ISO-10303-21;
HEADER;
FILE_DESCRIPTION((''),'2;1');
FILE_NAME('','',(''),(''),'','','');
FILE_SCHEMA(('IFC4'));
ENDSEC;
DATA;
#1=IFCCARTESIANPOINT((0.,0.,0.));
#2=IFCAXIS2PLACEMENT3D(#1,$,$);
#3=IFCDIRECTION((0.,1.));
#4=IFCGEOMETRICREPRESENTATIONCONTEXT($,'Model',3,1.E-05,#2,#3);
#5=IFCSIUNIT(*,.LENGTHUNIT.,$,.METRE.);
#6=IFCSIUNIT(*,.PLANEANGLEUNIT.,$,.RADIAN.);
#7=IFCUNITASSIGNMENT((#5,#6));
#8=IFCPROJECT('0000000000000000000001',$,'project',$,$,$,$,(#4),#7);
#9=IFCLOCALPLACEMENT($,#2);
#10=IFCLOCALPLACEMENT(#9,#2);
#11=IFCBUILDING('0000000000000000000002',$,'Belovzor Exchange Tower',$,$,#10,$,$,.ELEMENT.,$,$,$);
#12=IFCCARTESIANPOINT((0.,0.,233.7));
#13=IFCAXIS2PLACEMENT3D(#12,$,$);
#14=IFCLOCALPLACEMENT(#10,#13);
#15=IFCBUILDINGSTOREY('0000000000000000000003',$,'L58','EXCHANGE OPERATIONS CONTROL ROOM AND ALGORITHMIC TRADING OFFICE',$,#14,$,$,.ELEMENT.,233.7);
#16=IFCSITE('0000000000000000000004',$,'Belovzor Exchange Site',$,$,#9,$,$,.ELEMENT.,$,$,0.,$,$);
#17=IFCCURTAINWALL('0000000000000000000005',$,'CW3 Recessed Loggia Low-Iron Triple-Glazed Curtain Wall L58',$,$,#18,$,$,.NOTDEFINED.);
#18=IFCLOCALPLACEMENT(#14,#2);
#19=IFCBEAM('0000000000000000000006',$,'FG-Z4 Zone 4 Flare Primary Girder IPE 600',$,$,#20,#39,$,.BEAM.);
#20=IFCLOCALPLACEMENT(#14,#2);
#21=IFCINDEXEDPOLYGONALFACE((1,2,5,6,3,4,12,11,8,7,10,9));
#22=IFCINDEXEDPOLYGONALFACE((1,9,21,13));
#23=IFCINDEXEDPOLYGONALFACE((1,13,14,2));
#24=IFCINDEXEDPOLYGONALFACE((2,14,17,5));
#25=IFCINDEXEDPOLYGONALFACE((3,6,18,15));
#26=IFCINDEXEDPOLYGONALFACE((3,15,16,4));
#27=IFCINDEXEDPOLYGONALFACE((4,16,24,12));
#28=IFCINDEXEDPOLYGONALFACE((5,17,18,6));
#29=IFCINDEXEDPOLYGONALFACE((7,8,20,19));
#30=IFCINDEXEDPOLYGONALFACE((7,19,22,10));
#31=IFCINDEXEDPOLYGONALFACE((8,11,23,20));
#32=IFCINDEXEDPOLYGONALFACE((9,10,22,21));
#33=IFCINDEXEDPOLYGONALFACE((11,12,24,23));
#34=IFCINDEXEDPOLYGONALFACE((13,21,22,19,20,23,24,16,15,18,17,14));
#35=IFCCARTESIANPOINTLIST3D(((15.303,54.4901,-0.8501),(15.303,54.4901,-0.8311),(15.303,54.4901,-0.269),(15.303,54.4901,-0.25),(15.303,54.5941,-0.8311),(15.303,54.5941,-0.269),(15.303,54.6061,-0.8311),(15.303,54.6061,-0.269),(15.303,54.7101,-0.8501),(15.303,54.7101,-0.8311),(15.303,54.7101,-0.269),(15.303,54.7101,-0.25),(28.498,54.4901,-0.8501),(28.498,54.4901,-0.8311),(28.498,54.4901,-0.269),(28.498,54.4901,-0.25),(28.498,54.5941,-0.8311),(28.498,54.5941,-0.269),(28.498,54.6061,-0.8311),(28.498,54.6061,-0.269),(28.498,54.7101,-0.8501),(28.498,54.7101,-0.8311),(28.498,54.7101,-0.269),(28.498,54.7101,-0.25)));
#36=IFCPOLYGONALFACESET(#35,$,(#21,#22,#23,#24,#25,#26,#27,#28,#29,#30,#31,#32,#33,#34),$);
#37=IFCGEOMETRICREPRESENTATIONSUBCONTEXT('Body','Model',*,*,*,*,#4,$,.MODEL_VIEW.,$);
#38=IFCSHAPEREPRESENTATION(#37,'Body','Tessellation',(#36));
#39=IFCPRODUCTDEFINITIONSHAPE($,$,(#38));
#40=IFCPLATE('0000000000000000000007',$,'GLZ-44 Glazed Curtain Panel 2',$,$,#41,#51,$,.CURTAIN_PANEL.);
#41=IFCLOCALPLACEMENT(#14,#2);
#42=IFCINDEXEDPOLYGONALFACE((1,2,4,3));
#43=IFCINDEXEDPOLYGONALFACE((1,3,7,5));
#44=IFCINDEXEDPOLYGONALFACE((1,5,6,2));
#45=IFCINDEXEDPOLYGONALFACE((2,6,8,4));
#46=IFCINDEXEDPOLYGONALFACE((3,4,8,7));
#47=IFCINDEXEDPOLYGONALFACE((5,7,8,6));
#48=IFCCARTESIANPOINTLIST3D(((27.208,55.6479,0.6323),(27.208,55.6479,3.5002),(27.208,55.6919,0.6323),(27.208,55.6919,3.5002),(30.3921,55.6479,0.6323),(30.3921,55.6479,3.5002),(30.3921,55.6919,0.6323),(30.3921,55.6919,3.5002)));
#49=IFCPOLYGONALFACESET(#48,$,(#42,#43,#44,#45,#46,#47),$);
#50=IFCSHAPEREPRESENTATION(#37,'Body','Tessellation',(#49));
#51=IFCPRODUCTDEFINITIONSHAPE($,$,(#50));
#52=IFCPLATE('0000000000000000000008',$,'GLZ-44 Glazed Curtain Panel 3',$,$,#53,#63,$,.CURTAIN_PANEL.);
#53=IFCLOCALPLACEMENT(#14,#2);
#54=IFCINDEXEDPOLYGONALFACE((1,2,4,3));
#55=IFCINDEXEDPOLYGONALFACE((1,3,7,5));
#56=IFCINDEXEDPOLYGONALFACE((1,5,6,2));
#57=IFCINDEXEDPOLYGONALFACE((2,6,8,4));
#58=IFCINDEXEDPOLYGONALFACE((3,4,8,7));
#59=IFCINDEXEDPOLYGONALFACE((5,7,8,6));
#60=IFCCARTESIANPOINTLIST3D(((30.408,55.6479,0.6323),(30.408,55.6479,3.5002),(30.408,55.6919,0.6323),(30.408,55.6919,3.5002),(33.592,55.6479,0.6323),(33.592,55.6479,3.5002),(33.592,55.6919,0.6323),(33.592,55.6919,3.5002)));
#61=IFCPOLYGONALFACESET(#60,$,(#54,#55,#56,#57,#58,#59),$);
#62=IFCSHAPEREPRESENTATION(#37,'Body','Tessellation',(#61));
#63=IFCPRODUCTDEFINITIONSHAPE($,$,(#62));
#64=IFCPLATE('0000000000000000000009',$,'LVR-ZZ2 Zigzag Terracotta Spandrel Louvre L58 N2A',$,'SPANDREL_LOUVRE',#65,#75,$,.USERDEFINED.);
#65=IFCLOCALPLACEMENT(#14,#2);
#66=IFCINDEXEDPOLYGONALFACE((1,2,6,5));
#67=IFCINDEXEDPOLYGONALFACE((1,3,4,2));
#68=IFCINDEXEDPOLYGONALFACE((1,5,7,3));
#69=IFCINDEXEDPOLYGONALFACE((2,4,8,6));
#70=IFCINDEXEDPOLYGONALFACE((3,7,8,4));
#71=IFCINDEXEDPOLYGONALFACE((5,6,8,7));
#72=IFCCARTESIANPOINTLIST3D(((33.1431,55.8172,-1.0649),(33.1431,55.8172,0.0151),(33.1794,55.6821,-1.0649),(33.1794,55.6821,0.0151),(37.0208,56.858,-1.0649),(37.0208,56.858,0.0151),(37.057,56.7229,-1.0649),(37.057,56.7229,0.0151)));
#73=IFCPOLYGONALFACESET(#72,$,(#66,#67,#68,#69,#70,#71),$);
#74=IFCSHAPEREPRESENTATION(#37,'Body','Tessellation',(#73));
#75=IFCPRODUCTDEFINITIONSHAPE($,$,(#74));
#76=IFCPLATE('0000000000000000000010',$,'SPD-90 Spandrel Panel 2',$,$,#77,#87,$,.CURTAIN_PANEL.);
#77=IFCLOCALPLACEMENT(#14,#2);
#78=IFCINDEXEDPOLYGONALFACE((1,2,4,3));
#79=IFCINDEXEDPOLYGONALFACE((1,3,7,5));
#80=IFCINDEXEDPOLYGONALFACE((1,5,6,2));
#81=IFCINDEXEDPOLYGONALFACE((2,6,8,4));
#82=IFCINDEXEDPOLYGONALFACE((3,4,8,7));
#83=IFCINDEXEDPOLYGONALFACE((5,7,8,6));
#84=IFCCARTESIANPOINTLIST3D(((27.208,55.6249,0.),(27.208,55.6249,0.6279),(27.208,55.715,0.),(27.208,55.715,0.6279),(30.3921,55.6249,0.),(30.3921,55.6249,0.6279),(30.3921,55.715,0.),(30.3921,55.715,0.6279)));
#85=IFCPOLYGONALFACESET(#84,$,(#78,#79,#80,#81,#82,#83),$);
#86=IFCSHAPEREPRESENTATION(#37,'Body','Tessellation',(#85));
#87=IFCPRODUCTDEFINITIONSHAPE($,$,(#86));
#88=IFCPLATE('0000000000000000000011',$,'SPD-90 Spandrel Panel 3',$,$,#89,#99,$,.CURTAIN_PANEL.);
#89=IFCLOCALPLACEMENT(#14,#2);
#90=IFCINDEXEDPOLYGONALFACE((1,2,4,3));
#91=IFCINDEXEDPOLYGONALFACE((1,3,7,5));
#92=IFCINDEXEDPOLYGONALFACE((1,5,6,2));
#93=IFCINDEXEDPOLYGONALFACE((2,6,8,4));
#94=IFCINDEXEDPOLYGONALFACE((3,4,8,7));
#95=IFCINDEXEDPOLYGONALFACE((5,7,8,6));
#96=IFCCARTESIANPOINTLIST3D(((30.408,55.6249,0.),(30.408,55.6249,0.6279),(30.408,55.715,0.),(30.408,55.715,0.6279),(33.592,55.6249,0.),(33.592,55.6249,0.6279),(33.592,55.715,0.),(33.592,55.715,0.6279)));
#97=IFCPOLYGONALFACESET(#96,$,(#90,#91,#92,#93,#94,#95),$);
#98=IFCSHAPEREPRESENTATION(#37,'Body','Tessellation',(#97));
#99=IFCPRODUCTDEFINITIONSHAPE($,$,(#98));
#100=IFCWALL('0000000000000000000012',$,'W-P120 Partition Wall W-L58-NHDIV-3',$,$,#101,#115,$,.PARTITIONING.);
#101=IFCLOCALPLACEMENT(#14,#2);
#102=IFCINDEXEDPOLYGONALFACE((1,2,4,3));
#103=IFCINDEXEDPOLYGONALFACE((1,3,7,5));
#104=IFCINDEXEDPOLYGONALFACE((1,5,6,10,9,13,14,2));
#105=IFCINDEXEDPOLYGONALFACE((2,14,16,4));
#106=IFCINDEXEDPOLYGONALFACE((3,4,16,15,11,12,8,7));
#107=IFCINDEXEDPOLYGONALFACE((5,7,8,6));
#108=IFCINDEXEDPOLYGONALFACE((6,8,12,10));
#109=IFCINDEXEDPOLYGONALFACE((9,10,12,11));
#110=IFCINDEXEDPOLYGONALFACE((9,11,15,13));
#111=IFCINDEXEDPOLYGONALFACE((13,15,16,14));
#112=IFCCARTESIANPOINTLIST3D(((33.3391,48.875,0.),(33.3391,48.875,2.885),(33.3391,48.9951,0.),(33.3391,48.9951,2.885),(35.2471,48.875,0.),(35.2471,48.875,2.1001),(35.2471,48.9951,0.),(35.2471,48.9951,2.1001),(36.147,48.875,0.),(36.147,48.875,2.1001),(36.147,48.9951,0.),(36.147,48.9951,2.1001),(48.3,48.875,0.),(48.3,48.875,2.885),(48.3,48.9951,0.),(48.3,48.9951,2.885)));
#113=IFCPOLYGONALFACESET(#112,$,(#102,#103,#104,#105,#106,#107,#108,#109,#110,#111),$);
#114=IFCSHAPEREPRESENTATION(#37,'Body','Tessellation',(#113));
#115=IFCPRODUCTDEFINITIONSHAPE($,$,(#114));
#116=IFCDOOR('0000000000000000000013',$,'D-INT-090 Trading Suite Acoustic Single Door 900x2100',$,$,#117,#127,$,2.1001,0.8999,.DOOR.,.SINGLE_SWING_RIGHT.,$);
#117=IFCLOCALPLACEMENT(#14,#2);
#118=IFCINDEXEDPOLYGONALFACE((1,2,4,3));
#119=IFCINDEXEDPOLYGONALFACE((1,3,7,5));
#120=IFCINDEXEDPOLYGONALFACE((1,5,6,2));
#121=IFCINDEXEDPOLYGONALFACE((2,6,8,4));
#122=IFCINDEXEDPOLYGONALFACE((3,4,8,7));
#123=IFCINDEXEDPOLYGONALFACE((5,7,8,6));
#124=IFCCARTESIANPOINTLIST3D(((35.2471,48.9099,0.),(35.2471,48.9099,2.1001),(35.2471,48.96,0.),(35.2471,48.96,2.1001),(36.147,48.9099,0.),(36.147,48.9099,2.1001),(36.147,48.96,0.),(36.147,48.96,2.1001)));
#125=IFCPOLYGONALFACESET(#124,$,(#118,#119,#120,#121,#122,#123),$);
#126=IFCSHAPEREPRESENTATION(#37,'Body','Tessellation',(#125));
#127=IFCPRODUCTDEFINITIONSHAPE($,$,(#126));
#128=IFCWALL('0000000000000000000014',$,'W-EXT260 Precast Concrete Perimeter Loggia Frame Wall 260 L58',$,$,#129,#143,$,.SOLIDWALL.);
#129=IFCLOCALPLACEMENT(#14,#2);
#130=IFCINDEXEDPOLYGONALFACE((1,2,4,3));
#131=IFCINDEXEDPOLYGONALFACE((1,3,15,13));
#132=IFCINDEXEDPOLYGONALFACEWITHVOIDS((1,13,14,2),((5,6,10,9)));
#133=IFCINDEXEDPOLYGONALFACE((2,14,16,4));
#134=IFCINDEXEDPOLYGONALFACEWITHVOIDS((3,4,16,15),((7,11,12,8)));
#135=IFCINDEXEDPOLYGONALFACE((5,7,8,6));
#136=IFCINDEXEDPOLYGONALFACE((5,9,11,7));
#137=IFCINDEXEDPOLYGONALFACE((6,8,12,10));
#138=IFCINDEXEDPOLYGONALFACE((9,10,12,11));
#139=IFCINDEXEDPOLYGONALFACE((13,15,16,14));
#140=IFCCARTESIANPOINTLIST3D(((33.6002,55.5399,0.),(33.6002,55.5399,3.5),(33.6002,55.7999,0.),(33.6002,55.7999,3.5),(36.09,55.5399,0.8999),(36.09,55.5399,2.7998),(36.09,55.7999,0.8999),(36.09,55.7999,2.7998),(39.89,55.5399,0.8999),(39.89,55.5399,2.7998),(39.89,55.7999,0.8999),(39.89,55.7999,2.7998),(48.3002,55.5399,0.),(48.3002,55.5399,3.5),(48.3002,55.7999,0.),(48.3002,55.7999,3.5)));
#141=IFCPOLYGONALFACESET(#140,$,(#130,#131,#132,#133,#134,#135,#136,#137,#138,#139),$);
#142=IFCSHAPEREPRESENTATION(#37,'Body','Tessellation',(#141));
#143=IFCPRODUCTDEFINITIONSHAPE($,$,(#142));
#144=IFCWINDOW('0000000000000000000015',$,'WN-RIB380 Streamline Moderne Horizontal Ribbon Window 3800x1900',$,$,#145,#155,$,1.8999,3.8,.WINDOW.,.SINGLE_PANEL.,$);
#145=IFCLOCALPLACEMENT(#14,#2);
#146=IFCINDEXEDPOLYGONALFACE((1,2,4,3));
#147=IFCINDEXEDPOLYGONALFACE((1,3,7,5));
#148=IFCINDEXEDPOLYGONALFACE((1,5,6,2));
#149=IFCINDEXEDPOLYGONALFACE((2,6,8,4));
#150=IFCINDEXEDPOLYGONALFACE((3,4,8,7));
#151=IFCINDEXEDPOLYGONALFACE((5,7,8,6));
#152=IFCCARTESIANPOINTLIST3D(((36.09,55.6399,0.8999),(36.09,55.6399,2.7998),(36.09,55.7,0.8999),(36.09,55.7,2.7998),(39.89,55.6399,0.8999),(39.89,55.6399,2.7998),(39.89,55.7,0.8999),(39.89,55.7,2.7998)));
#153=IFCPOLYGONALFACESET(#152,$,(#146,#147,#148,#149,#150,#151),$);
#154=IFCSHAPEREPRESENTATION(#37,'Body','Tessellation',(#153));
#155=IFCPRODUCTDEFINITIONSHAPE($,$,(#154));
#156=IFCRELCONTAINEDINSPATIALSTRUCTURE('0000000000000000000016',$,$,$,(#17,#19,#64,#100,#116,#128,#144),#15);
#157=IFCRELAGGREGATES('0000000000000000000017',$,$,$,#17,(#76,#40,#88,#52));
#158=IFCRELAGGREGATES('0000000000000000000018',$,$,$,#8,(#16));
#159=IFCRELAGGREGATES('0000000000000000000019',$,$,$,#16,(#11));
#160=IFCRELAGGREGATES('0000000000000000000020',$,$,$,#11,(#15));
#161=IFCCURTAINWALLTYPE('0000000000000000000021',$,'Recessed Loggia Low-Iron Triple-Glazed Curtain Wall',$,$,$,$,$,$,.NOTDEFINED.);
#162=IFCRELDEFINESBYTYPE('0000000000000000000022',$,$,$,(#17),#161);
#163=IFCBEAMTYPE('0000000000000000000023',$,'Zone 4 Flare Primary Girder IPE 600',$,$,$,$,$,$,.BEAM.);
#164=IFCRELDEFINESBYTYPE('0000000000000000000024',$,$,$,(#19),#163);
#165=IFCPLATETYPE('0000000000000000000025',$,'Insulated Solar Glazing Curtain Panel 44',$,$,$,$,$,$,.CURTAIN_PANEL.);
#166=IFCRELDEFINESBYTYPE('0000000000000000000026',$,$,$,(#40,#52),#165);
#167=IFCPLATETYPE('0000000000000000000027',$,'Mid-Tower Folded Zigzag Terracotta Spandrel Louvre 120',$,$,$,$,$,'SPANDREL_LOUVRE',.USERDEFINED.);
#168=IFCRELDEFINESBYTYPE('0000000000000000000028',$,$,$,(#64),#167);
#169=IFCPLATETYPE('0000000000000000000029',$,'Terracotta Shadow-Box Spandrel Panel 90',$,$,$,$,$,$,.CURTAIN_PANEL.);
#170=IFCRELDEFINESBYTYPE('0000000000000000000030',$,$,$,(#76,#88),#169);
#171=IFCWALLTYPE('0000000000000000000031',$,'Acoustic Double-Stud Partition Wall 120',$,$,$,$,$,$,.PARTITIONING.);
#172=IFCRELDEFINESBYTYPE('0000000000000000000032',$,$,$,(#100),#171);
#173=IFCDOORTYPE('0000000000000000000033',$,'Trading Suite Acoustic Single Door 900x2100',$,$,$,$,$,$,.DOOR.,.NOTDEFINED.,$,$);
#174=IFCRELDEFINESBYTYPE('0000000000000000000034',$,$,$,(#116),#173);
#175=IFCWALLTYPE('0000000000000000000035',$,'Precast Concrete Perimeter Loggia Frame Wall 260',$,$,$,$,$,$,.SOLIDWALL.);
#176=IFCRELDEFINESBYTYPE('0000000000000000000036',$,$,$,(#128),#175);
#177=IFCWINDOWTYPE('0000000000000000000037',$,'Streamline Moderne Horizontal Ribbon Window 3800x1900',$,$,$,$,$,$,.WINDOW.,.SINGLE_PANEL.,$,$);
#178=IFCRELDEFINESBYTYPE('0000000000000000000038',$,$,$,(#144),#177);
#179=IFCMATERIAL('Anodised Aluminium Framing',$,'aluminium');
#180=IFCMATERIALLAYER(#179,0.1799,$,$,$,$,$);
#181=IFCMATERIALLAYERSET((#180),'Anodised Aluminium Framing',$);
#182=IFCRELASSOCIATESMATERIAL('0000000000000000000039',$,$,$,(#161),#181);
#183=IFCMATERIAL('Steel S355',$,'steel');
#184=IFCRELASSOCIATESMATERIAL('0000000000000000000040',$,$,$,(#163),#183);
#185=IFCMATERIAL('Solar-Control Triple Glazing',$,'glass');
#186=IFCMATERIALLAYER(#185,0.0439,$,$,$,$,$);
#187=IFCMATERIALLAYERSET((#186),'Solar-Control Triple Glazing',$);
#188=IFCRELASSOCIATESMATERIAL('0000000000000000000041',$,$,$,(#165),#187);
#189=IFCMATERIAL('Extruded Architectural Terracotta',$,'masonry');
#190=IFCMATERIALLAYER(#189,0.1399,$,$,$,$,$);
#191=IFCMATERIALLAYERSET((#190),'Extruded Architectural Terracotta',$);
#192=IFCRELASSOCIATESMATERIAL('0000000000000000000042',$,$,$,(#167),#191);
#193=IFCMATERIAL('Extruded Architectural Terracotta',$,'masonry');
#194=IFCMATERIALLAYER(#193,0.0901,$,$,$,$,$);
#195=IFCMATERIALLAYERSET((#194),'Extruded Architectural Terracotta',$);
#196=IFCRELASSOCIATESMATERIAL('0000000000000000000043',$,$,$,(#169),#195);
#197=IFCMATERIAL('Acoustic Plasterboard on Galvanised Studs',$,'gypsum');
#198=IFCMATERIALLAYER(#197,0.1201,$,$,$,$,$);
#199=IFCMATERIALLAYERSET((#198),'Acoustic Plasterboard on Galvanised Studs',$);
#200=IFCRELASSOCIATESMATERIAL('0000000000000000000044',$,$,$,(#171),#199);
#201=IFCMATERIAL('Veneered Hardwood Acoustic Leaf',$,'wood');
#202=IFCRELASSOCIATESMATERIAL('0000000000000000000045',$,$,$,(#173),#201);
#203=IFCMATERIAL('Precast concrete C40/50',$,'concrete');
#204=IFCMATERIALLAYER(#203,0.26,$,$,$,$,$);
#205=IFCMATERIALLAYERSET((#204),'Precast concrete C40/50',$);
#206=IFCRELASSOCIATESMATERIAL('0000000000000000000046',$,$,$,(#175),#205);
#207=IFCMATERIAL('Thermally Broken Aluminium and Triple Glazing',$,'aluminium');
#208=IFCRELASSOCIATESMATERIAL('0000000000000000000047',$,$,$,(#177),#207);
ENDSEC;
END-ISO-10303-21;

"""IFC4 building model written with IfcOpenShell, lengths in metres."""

from ifc_helpers import new_model, si_unit, direction, frame, frame_2d, origin, origin_2d, place, context, subcontext, project, spatial, rectangle, i_section, extrude, material, layer, layer_set, material_profile, profile_set, type_object, element, fill, aggregate, save


model = new_model("IFC4")

# Units and contexts
model_context = context("Model", 3, precision=1e-05, world=origin(), true_north=direction((0.0, 1.0)))
body_context = subcontext(model_context, "Body", "Model", "MODEL_VIEW")
ifc_project = project(units=[si_unit("LENGTHUNIT", "METRE"), si_unit("PLANEANGLEUNIT", "RADIAN")], contexts=[model_context])

# Site, building, storey
site_placement = place(None, origin())
site = spatial("IfcSite", under=ifc_project, at=site_placement, Name="Belovzor Exchange Site", CompositionType="ELEMENT", RefElevation=0.0)
building_placement = place(site_placement, origin())
building = spatial("IfcBuilding", under=site, at=building_placement, Name="Belovzor Exchange Tower", CompositionType="ELEMENT")
storey_placement = place(building_placement, frame((0.0, 0.0, 233.7)))
storey = spatial("IfcBuildingStorey", under=building, at=storey_placement, Name="L58", Description="EXCHANGE OPERATIONS CONTROL ROOM AND ALGORITHMIC TRADING OFFICE", CompositionType="ELEMENT", Elevation=233.7)

# Curtain wall
ifc_material_1 = material(Name="Anodised Aluminium Framing", Category="aluminium")
ifc_layer_1 = layer(ifc_material_1, 0.1799)
ifc_layer_set_1 = layer_set([ifc_layer_1], Name="Anodised Aluminium Framing")
curtain_wall_type = type_object("IfcCurtainWallType", Name="Recessed Loggia Low-Iron Triple-Glazed Curtain Wall", PredefinedType="NOTDEFINED", material=ifc_layer_set_1)
curtain_wall_placement = place(storey_placement, origin())
curtain_wall = element("IfcCurtainWall", 1, at=curtain_wall_placement, inside=storey, type_object=curtain_wall_type, Name="CW3 Recessed Loggia Low-Iron Triple-Glazed Curtain Wall L58", PredefinedType="NOTDEFINED")

# Beam
ifc_material_2 = material(Name="Steel S355", Category="steel")
ifc_material_profile_1 = material_profile(ifc_material_2, i_section(OverallWidth=0.22, OverallDepth=0.6001, WebThickness=0.012, FlangeThickness=0.019, at=origin_2d()))
ifc_profile_set_1 = profile_set([ifc_material_profile_1], Name="Steel S355")
beam_type_1 = type_object("IfcBeamType", Name="Zone 4 Flare Primary Girder IPE 600", PredefinedType="BEAM", material=ifc_profile_set_1)
beam_1_placement = place(storey_placement, frame((28.498, 54.6001, -0.55), z_axis=(-1.0, 0.0, 0.0), x_axis=(0.0, -1.0, 0.0)))
element("IfcBeam", 2, at=beam_1_placement, inside=storey, type_object=beam_type_1, Name="FG-Z4 Zone 4 Flare Primary Girder IPE 600", PredefinedType="BEAM", context=body_context, shape_type="SweptSolid", body=[
    extrude(i_section(OverallWidth=0.22, OverallDepth=0.6001, WebThickness=0.012, FlangeThickness=0.019, at=origin_2d()), origin(), (0.0, 0.0, 1.0), 13.1951),
])

# Plates
ifc_material_3 = material(Name="Solar-Control Triple Glazing", Category="glass")
ifc_layer_2 = layer(ifc_material_3, 0.0439)
ifc_layer_set_2 = layer_set([ifc_layer_2], Name="Solar-Control Triple Glazing")
plate_type_1 = type_object("IfcPlateType", Name="Insulated Solar Glazing Curtain Panel 44", PredefinedType="CURTAIN_PANEL", material=ifc_layer_set_2)
plate_1_placement = place(storey_placement, frame((28.8, 55.6699, 0.6323), z_axis=(0.0, 0.0, 1.0), x_axis=(1.0, 0.0, 0.0)))
plate_1 = element("IfcPlate", 3, at=plate_1_placement, type_object=plate_type_1, Name="GLZ-44 Glazed Curtain Panel 2", PredefinedType="CURTAIN_PANEL", context=body_context, shape_type="SweptSolid", body=[
    extrude(rectangle(XDim=3.1841, YDim=0.0439, at=origin_2d()), origin(), (0.0, 0.0, 1.0), 2.8679),
])
plate_2_placement = place(storey_placement, frame((32.0, 55.6699, 0.6323), z_axis=(0.0, 0.0, 1.0), x_axis=(1.0, 0.0, 0.0)))
plate_2 = element("IfcPlate", 4, at=plate_2_placement, type_object=plate_type_1, Name="GLZ-44 Glazed Curtain Panel 3", PredefinedType="CURTAIN_PANEL", context=body_context, shape_type="SweptSolid", body=[
    extrude(rectangle(XDim=3.1841, YDim=0.0439, at=origin_2d()), origin(), (0.0, 0.0, 1.0), 2.8679),
])
ifc_material_4 = material(Name="Extruded Architectural Terracotta", Category="masonry")
ifc_layer_3 = layer(ifc_material_4, 0.1399)
ifc_layer_set_3 = layer_set([ifc_layer_3], Name="Extruded Architectural Terracotta")
plate_type_2 = type_object("IfcPlateType", Name="Mid-Tower Folded Zigzag Terracotta Spandrel Louvre 120", ElementType="SPANDREL_LOUVRE", PredefinedType="USERDEFINED", material=ifc_layer_set_3)
plate_3_placement = place(storey_placement, frame((35.1001, 56.27, -1.0649), z_axis=(0.0, 0.0, 1.0), x_axis=(0.965813, 0.25924, 0.0)))
element("IfcPlate", 5, at=plate_3_placement, inside=storey, type_object=plate_type_2, Name="LVR-ZZ2 Zigzag Terracotta Spandrel Louvre L58 N2A", ObjectType="SPANDREL_LOUVRE", PredefinedType="USERDEFINED", context=body_context, shape_type="SweptSolid", body=[
    extrude(rectangle(XDim=4.0149, YDim=0.1399, at=origin_2d()), origin(), (0.0, 0.0, 1.0), 1.0801),
])
ifc_material_5 = material(Name="Extruded Architectural Terracotta", Category="masonry")
ifc_layer_4 = layer(ifc_material_5, 0.0901)
ifc_layer_set_4 = layer_set([ifc_layer_4], Name="Extruded Architectural Terracotta")
plate_type_3 = type_object("IfcPlateType", Name="Terracotta Shadow-Box Spandrel Panel 90", PredefinedType="CURTAIN_PANEL", material=ifc_layer_set_4)
plate_4_placement = place(storey_placement, frame((28.8, 55.6699, 0.0), z_axis=(0.0, 0.0, 1.0), x_axis=(1.0, 0.0, 0.0)))
plate_4 = element("IfcPlate", 6, at=plate_4_placement, type_object=plate_type_3, Name="SPD-90 Spandrel Panel 2", PredefinedType="CURTAIN_PANEL", context=body_context, shape_type="SweptSolid", body=[
    extrude(rectangle(XDim=3.1841, YDim=0.0901, at=origin_2d()), origin(), (0.0, 0.0, 1.0), 0.6279),
])
plate_5_placement = place(storey_placement, frame((32.0, 55.6699, 0.0), z_axis=(0.0, 0.0, 1.0), x_axis=(1.0, 0.0, 0.0)))
plate_5 = element("IfcPlate", 7, at=plate_5_placement, type_object=plate_type_3, Name="SPD-90 Spandrel Panel 3", PredefinedType="CURTAIN_PANEL", context=body_context, shape_type="SweptSolid", body=[
    extrude(rectangle(XDim=3.1841, YDim=0.0901, at=origin_2d()), origin(), (0.0, 0.0, 1.0), 0.6279),
])
aggregate(curtain_wall, [plate_4, plate_1, plate_5, plate_2])

# Wall, opening, door
ifc_material_6 = material(Name="Acoustic Plasterboard on Galvanised Studs", Category="gypsum")
ifc_layer_5 = layer(ifc_material_6, 0.1201)
ifc_layer_set_5 = layer_set([ifc_layer_5], Name="Acoustic Plasterboard on Galvanised Studs")
wall_type_1 = type_object("IfcWallType", Name="Acoustic Double-Stud Partition Wall 120", PredefinedType="PARTITIONING", material=ifc_layer_set_5)
wall_1_placement = place(storey_placement, frame((33.3391, 48.9351, 0.0), z_axis=(0.0, 0.0, 1.0), x_axis=(1.0, 0.0, 0.0)))
wall_1 = element("IfcWall", 8, at=wall_1_placement, inside=storey, type_object=wall_type_1, Name="W-P120 Partition Wall W-L58-NHDIV-3", PredefinedType="PARTITIONING", context=body_context, shape_type="SweptSolid", body=[
    extrude(rectangle(XDim=14.9609, YDim=0.1201, at=frame_2d((7.4805, 0.0))), origin(), (0.0, 0.0, 1.0), 2.885),
])
opening_1_placement = place(wall_1_placement, frame((1.908, 0.0, 0.0)))
opening_1 = element("IfcOpeningElement", 9, at=opening_1_placement, cuts=wall_1, PredefinedType="OPENING", context=body_context, shape_type="SweptSolid", body=[
    extrude(rectangle(XDim=0.8999, YDim=2.1001, at=frame_2d((0.45, 1.05))), frame((0.0, 0.0701, 0.0), z_axis=(0.0, -1.0, 0.0), x_axis=(1.0, 0.0, 0.0)), (0.0, 0.0, 1.0), 0.1401),
])
ifc_material_7 = material(Name="Veneered Hardwood Acoustic Leaf", Category="wood")
door_type = type_object("IfcDoorType", Name="Trading Suite Acoustic Single Door 900x2100", OperationType="NOTDEFINED", PredefinedType="DOOR", material=ifc_material_7)
door_placement = place(opening_1_placement, origin())
door = element("IfcDoor", 10, at=door_placement, inside=storey, type_object=door_type, Name="D-INT-090 Trading Suite Acoustic Single Door 900x2100", OperationType="SINGLE_SWING_RIGHT", OverallHeight=2.1001, OverallWidth=0.8999, PredefinedType="DOOR", context=body_context, shape_type="SweptSolid", body=[
    extrude(rectangle(XDim=0.8999, YDim=2.1001, at=frame_2d((0.45, 1.05))), frame((0.0, 0.0249, 0.0), z_axis=(0.0, -1.0, 0.0), x_axis=(1.0, 0.0, 0.0)), (0.0, 0.0, 1.0), 0.05),
])
fill(opening_1, door)

# Wall, opening, window
ifc_material_8 = material(Name="Precast concrete C40/50", Category="concrete")
ifc_layer_6 = layer(ifc_material_8, 0.26)
ifc_layer_set_6 = layer_set([ifc_layer_6], Name="Precast concrete C40/50")
wall_type_2 = type_object("IfcWallType", Name="Precast Concrete Perimeter Loggia Frame Wall 260", PredefinedType="SOLIDWALL", material=ifc_layer_set_6)
wall_2_placement = place(storey_placement, frame((33.6001, 55.6699, 0.0), z_axis=(0.0, 0.0, 1.0), x_axis=(1.0, 0.0, 0.0)))
wall_2 = element("IfcWall", 11, at=wall_2_placement, inside=storey, type_object=wall_type_2, Name="W-EXT260 Precast Concrete Perimeter Loggia Frame Wall 260 L58", PredefinedType="SOLIDWALL", context=body_context, shape_type="SweptSolid", body=[
    extrude(rectangle(XDim=14.7, YDim=0.26, at=frame_2d((7.3501, 0.0))), origin(), (0.0, 0.0, 1.0), 3.5),
])
opening_2_placement = place(wall_2_placement, frame((2.49, 0.0, 0.8999)))
opening_2 = element("IfcOpeningElement", 12, at=opening_2_placement, cuts=wall_2, PredefinedType="OPENING", context=body_context, shape_type="SweptSolid", body=[
    extrude(rectangle(XDim=3.8, YDim=1.8999, at=frame_2d((1.8999, 0.95))), frame((0.0, 0.1399, 0.0), z_axis=(0.0, -1.0, 0.0), x_axis=(1.0, 0.0, 0.0)), (0.0, 0.0, 1.0), 0.28),
])
ifc_material_9 = material(Name="Thermally Broken Aluminium and Triple Glazing", Category="aluminium")
window_type = type_object("IfcWindowType", Name="Streamline Moderne Horizontal Ribbon Window 3800x1900", PartitioningType="SINGLE_PANEL", PredefinedType="WINDOW", material=ifc_material_9)
window_placement = place(opening_2_placement, origin())
window = element("IfcWindow", 13, at=window_placement, inside=storey, type_object=window_type, Name="WN-RIB380 Streamline Moderne Horizontal Ribbon Window 3800x1900", OverallHeight=1.8999, OverallWidth=3.8, PartitioningType="SINGLE_PANEL", PredefinedType="WINDOW", context=body_context, shape_type="SweptSolid", body=[
    extrude(rectangle(XDim=3.8, YDim=1.8999, at=frame_2d((1.8999, 0.95))), frame((0.0, 0.03, 0.0), z_axis=(0.0, -1.0, 0.0), x_axis=(1.0, 0.0, 0.0)), (0.0, 0.0, 1.0), 0.0601),
])
fill(opening_2, window)

save(model, "model.ifc")
